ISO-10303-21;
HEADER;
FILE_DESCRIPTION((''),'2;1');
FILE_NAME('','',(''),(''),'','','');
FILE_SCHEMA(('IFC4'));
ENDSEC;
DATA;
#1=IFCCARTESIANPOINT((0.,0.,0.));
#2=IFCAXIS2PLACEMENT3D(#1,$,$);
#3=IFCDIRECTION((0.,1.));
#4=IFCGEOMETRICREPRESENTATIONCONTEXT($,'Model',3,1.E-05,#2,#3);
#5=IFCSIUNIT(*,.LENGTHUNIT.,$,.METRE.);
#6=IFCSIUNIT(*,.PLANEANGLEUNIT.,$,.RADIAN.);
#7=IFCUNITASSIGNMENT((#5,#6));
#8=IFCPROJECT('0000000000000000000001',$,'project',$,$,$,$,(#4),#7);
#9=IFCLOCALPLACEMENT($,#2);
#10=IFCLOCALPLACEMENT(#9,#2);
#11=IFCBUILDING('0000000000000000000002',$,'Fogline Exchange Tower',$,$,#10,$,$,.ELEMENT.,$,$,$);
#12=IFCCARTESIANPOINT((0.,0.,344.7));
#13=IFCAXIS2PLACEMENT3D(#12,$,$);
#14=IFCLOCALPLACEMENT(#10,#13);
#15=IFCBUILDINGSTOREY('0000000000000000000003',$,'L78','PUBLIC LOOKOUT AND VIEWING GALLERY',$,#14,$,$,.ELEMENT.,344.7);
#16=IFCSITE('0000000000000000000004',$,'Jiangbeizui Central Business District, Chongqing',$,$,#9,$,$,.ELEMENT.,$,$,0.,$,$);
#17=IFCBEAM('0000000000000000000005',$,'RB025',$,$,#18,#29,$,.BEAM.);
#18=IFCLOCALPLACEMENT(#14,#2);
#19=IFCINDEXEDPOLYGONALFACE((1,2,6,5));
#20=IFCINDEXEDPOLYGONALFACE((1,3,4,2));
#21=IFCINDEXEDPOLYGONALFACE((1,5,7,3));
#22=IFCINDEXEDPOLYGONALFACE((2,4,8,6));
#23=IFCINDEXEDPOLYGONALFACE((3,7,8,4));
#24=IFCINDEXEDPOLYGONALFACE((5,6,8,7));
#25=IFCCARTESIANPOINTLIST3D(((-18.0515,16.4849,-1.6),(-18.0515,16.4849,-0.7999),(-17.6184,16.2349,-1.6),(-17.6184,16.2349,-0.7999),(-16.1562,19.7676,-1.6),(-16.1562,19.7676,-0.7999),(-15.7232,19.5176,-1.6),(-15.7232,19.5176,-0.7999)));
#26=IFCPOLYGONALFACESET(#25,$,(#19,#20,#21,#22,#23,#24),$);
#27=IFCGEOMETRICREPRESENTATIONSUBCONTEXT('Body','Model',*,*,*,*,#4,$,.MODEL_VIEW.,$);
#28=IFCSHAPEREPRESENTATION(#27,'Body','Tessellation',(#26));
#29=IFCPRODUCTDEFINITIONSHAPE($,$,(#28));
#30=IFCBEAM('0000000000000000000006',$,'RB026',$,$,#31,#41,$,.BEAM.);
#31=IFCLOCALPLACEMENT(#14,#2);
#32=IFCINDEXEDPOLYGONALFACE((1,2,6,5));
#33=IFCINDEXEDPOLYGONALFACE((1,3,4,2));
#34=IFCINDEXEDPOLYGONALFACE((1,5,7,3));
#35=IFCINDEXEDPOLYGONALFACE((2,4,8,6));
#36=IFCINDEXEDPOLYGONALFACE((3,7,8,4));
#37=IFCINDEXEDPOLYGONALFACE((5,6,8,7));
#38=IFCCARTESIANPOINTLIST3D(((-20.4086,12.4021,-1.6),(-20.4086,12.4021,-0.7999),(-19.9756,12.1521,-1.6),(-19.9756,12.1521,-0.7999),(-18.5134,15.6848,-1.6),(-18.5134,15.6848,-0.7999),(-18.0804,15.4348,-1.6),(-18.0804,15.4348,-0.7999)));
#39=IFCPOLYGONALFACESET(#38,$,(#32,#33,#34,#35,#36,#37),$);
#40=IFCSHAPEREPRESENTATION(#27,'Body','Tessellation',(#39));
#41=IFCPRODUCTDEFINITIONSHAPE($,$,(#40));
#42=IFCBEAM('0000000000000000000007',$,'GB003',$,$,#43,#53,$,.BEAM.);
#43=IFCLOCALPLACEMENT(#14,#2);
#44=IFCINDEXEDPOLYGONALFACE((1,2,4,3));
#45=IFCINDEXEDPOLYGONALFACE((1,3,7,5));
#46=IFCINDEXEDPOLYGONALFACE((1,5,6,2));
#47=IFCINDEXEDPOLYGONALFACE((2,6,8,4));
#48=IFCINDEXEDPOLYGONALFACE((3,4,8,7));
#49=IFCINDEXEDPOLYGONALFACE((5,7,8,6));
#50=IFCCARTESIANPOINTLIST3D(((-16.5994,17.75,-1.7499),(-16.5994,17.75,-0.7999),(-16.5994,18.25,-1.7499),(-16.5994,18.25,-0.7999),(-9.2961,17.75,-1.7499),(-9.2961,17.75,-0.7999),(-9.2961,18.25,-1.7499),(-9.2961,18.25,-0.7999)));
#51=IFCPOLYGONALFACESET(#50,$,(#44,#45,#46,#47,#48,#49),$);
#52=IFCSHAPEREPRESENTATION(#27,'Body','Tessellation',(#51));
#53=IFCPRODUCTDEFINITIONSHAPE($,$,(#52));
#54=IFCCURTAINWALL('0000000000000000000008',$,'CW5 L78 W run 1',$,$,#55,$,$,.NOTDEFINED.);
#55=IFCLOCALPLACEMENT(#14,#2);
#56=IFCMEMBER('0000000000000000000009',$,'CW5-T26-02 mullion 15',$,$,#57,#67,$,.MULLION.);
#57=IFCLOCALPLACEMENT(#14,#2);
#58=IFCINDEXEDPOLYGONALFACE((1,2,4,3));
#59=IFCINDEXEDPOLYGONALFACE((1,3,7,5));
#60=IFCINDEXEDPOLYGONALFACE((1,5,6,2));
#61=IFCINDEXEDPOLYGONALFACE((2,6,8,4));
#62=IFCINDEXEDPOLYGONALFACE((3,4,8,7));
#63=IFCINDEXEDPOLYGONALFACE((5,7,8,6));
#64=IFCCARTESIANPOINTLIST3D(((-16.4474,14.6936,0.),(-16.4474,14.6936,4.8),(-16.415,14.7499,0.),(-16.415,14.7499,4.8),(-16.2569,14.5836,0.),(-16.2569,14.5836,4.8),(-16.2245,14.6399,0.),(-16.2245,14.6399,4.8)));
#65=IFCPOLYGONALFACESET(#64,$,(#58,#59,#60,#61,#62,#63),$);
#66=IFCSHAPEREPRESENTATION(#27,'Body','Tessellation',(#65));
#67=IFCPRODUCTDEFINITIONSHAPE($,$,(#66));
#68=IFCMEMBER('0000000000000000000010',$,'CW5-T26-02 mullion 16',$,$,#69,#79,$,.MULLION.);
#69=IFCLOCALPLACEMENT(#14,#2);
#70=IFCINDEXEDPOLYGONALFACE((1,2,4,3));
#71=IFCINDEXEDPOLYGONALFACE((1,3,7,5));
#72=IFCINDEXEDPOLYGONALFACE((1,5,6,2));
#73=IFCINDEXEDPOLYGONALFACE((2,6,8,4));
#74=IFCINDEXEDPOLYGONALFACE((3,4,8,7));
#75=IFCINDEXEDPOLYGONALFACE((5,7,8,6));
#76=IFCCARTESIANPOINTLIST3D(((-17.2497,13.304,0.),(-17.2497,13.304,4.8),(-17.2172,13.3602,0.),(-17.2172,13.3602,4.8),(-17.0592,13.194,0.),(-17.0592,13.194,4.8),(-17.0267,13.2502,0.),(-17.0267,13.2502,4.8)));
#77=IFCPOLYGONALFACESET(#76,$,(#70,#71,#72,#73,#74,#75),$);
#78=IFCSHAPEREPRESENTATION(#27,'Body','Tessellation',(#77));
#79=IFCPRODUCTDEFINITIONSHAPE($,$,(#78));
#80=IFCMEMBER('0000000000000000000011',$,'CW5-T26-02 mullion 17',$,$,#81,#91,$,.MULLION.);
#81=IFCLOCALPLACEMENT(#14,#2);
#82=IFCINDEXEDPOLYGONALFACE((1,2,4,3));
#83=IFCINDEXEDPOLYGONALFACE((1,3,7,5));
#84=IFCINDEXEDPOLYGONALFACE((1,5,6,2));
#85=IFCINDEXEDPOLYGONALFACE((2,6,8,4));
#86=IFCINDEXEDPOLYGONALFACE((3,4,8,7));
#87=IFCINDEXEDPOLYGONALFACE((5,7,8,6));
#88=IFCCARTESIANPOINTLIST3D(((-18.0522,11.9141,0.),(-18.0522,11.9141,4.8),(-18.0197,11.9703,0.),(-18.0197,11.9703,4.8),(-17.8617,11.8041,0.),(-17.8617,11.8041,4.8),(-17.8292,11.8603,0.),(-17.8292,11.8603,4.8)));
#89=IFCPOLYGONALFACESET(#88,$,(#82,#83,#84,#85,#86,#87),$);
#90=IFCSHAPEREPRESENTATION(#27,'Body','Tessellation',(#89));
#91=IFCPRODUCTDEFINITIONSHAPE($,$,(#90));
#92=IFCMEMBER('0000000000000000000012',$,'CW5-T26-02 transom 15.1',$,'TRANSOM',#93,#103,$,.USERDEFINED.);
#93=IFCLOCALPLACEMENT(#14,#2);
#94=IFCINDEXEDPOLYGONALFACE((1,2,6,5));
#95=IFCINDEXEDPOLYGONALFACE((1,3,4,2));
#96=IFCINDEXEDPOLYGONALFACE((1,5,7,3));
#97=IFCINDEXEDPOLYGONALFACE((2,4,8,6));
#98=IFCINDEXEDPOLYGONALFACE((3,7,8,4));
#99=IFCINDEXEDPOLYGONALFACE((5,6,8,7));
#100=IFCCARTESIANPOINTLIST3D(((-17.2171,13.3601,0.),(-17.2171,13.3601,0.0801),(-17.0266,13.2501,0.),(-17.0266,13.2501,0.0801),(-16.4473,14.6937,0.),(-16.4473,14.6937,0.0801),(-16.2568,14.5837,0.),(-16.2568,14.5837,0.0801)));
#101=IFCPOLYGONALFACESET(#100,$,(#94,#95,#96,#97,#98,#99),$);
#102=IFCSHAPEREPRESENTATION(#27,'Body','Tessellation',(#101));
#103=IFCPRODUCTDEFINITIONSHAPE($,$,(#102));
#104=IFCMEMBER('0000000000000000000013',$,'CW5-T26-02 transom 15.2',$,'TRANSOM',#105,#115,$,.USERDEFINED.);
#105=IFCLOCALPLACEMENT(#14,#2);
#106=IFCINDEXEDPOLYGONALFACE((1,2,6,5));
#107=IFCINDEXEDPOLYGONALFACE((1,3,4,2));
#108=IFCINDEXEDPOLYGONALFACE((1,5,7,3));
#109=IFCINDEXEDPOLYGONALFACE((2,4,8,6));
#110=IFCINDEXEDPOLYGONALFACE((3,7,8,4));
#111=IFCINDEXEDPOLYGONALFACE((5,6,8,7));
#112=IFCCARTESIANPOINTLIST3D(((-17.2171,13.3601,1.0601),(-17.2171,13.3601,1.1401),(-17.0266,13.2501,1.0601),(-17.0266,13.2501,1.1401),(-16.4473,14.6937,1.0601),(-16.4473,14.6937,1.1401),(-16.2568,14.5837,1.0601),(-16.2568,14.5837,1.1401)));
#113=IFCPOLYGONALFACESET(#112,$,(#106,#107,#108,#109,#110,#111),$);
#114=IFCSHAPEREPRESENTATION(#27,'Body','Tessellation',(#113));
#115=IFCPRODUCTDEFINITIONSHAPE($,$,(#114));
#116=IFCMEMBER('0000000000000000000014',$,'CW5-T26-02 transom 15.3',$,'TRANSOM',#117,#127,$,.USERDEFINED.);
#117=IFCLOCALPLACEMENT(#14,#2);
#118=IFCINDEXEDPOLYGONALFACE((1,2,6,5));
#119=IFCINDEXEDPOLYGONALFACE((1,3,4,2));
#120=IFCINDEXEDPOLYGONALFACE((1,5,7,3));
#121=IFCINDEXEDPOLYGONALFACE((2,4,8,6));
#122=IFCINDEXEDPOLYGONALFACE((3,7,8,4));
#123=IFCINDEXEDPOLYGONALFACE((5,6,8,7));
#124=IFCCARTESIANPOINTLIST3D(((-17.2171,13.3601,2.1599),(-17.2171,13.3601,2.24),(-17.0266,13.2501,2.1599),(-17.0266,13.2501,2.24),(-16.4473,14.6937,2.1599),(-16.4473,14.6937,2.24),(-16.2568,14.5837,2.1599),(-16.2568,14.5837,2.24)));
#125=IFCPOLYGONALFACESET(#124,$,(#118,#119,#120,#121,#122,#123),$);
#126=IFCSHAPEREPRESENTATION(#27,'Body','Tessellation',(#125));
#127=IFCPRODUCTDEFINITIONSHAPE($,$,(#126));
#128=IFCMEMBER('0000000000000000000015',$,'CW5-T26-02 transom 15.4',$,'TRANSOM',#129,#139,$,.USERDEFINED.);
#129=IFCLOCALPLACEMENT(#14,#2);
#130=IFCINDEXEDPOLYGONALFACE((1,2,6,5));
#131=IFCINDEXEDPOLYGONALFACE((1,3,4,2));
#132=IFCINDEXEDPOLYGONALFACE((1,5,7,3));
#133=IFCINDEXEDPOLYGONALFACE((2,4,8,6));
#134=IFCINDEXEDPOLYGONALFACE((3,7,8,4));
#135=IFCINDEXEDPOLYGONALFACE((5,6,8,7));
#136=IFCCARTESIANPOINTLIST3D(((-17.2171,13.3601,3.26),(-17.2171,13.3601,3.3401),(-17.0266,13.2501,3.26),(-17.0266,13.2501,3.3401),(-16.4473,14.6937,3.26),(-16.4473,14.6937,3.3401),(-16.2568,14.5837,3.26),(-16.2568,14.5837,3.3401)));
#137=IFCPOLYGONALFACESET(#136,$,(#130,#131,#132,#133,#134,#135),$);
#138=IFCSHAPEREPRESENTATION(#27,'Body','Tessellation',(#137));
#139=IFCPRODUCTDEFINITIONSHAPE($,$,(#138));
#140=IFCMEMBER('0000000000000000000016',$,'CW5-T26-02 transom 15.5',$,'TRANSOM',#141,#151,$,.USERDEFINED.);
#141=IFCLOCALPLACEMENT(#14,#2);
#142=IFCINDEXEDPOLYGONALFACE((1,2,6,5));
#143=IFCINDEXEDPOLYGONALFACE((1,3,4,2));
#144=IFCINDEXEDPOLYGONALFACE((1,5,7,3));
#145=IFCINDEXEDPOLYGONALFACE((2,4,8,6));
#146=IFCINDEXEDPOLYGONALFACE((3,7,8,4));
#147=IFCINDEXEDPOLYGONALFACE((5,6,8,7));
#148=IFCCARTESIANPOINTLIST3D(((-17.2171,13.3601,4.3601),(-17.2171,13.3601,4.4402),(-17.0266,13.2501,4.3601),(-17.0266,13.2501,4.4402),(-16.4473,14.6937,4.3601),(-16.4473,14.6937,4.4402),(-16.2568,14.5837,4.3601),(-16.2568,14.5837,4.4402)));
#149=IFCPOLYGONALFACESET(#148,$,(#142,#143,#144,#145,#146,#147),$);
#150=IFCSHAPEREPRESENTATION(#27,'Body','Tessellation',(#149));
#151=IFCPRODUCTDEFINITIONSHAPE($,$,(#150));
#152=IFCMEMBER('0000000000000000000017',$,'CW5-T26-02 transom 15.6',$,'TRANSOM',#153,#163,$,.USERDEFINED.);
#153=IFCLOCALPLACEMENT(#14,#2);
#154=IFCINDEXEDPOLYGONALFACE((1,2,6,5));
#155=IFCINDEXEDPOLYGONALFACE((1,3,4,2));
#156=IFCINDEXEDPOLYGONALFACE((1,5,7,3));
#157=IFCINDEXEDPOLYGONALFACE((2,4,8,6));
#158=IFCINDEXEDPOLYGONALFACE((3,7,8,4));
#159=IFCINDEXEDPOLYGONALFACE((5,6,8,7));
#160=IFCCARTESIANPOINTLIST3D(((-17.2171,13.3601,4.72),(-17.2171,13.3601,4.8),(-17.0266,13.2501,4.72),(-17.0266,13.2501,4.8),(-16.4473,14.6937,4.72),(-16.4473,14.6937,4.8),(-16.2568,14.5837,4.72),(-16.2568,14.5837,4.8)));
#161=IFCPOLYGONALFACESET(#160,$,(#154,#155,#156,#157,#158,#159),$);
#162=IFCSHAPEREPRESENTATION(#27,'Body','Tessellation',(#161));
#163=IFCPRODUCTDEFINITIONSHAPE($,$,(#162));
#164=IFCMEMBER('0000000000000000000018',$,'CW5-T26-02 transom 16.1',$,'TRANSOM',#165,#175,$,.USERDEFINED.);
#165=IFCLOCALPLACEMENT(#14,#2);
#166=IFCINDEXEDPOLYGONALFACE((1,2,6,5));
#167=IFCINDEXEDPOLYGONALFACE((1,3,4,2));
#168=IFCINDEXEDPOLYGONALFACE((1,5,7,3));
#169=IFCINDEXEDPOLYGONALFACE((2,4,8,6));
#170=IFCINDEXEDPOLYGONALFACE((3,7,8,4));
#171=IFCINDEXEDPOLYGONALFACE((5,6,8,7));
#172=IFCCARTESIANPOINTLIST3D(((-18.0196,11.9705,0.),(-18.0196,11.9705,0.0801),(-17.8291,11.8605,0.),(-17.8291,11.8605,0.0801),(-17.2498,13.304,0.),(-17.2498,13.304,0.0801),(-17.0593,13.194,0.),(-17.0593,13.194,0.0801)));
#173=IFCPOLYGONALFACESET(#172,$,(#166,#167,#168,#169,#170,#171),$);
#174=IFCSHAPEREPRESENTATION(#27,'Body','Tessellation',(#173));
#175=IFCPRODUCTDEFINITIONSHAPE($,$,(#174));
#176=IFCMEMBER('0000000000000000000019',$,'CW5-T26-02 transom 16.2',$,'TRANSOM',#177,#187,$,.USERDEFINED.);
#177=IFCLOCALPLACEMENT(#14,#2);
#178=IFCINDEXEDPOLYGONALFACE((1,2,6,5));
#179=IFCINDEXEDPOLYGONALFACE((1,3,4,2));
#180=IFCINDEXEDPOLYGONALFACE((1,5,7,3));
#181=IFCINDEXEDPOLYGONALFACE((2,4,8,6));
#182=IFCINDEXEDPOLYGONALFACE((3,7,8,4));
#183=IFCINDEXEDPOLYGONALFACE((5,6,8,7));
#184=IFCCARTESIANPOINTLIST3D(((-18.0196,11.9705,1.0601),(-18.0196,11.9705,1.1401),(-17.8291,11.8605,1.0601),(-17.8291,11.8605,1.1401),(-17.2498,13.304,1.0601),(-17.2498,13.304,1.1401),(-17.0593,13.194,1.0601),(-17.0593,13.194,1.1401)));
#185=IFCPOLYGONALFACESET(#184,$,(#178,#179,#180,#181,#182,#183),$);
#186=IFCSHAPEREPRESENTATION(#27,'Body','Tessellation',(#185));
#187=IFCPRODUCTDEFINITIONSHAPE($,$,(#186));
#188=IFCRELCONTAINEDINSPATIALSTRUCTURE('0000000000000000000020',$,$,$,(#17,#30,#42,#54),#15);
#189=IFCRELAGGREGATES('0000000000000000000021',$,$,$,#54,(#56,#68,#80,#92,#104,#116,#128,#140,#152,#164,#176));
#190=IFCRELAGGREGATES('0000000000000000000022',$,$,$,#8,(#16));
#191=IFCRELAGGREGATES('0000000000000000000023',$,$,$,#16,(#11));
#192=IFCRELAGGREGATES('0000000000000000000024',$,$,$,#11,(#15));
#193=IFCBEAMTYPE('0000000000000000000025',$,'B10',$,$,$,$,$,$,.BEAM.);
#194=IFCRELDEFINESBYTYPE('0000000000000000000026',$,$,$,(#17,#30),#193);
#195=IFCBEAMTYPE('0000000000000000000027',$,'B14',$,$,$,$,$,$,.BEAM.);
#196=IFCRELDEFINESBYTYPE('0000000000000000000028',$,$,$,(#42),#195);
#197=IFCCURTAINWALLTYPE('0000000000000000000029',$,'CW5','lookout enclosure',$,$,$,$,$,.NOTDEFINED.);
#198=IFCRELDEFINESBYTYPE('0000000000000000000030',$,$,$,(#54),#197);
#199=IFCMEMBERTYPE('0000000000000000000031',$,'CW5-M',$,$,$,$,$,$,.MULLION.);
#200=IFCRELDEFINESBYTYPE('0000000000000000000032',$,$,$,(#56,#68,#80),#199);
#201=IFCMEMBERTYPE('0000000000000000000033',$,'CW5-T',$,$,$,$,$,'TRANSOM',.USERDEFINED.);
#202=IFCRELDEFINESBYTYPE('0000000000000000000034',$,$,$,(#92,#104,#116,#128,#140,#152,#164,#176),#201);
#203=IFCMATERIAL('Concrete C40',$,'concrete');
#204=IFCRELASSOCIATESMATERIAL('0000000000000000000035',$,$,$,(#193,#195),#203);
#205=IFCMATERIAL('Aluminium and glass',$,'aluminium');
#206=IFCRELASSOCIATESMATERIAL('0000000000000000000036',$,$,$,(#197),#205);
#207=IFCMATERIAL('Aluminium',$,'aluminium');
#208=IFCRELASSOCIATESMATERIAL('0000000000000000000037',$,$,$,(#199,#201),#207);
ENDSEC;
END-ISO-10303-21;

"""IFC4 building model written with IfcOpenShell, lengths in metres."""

from ifc_helpers import new_model, si_unit, direction, frame, origin, origin_2d, place, context, subcontext, project, spatial, rectangle, extrude, material, material_profile, profile_set, type_object, element, aggregate, save


model = new_model("IFC4")

# Units and contexts
model_context = context("Model", 3, precision=1e-05, world=origin(), true_north=direction((0.0, 1.0)))
body_context = subcontext(model_context, "Body", "Model", "MODEL_VIEW")
ifc_project = project(units=[si_unit("LENGTHUNIT", "METRE"), si_unit("PLANEANGLEUNIT", "RADIAN")], contexts=[model_context])

# Site, building, storey
site_placement = place(None, origin())
site = spatial("IfcSite", under=ifc_project, at=site_placement, Name="Jiangbeizui Central Business District, Chongqing", CompositionType="ELEMENT", RefElevation=0.0)
building_placement = place(site_placement, origin())
building = spatial("IfcBuilding", under=site, at=building_placement, Name="Fogline Exchange Tower", CompositionType="ELEMENT")
storey_placement = place(building_placement, frame((0.0, 0.0, 344.7)))
storey = spatial("IfcBuildingStorey", under=building, at=storey_placement, Name="L78", Description="PUBLIC LOOKOUT AND VIEWING GALLERY", CompositionType="ELEMENT", Elevation=344.7)

# Beams
ifc_material_1 = material(Name="Concrete C40", Category="concrete")
ifc_material_profile_1 = material_profile(ifc_material_1, rectangle(XDim=0.5, YDim=0.8, at=origin_2d()), Name="RC 500x800")
ifc_profile_set_1 = profile_set([ifc_material_profile_1], Name="Concrete C40")
beam_type_1 = type_object("IfcBeamType", Name="B10", PredefinedType="BEAM", material=ifc_profile_set_1)
for number, where, z_axis, x_axis, name in (
    (1, (-15.9397, 19.6426, -1.2), (-0.499998, -0.866027, 0.0), (0.866027, -0.499998, 0.0), "RB025"),
    (2, (-18.2969, 15.5598, -1.2), (-0.499998, -0.866027, 0.0), (0.866027, -0.499998, 0.0), "RB026"),
):
    element("IfcBeam", number, at=place(storey_placement, frame(where, z_axis=z_axis, x_axis=x_axis)), inside=storey, type_object=beam_type_1, Name=name, PredefinedType="BEAM", context=body_context, shape_type="SweptSolid", body=[
        extrude(rectangle(XDim=0.5, YDim=0.8, at=origin_2d()), origin(), (0.0, 0.0, 1.0), 3.7905),
    ])
ifc_material_profile_2 = material_profile(ifc_material_1, rectangle(XDim=0.5, YDim=0.95, at=origin_2d()), Name="RC 500x950")
ifc_profile_set_2 = profile_set([ifc_material_profile_2], Name="Concrete C40")
beam_type_2 = type_object("IfcBeamType", Name="B14", PredefinedType="BEAM", material=ifc_profile_set_2)
beam_placement = place(storey_placement, frame((-16.5994, 18.0, -1.2749), z_axis=(1.0, 0.0, 0.0), x_axis=(0.0, 1.0, 0.0)))
element("IfcBeam", 3, at=beam_placement, inside=storey, type_object=beam_type_2, Name="GB003", PredefinedType="BEAM", context=body_context, shape_type="SweptSolid", body=[
    extrude(rectangle(XDim=0.5, YDim=0.95, at=origin_2d()), origin(), (0.0, 0.0, 1.0), 7.3032),
])

# Curtain wall, members
ifc_material_2 = material(Name="Aluminium and glass", Category="aluminium")
curtain_wall_type = type_object("IfcCurtainWallType", Name="CW5", Description="lookout enclosure", PredefinedType="NOTDEFINED", material=ifc_material_2)
curtain_wall_placement = place(storey_placement, origin())
curtain_wall = element("IfcCurtainWall", 4, at=curtain_wall_placement, inside=storey, type_object=curtain_wall_type, Name="CW5 L78 W run 1", PredefinedType="NOTDEFINED")
ifc_material_3 = material(Name="Aluminium", Category="aluminium")
ifc_material_profile_3 = material_profile(ifc_material_3, rectangle(XDim=0.22, YDim=0.0649, at=origin_2d()), Name="Mullion 65x220")
ifc_profile_set_3 = profile_set([ifc_material_profile_3], Name="Aluminium")
member_type_1 = type_object("IfcMemberType", Name="CW5-M", PredefinedType="MULLION", material=ifc_profile_set_3)
member_1_placement = place(storey_placement, frame((-16.3359, 14.6667, 0.0), z_axis=(0.0, 0.0, 1.0), x_axis=(0.866025, -0.5, 0.0)))
member_1 = element("IfcMember", 5, at=member_1_placement, type_object=member_type_1, Name="CW5-T26-02 mullion 15", PredefinedType="MULLION", context=body_context, shape_type="SweptSolid", body=[
    extrude(rectangle(XDim=0.22, YDim=0.0649, at=origin_2d()), origin(), (0.0, 0.0, 1.0), 4.8),
])
member_2_placement = place(storey_placement, frame((-17.1382, 13.2771, 0.0), z_axis=(0.0, 0.0, 1.0), x_axis=(0.866025, -0.5, 0.0)))
member_2 = element("IfcMember", 6, at=member_2_placement, type_object=member_type_1, Name="CW5-T26-02 mullion 16", PredefinedType="MULLION", context=body_context, shape_type="SweptSolid", body=[
    extrude(rectangle(XDim=0.22, YDim=0.0649, at=origin_2d()), origin(), (0.0, 0.0, 1.0), 4.8),
])
member_3_placement = place(storey_placement, frame((-17.9407, 11.8872, 0.0), z_axis=(0.0, 0.0, 1.0), x_axis=(0.866025, -0.5, 0.0)))
member_3 = element("IfcMember", 7, at=member_3_placement, type_object=member_type_1, Name="CW5-T26-02 mullion 17", PredefinedType="MULLION", context=body_context, shape_type="SweptSolid", body=[
    extrude(rectangle(XDim=0.22, YDim=0.0649, at=origin_2d()), origin(), (0.0, 0.0, 1.0), 4.8),
])
ifc_material_profile_4 = material_profile(ifc_material_3, rectangle(XDim=0.22, YDim=0.0801, at=origin_2d()), Name="Transom 80x220")
ifc_profile_set_4 = profile_set([ifc_material_profile_4], Name="Aluminium")
member_type_2 = type_object("IfcMemberType", Name="CW5-T", ElementType="TRANSOM", PredefinedType="USERDEFINED", material=ifc_profile_set_4)
member_4_placement = place(storey_placement, frame((-16.3521, 14.6387, 0.04), z_axis=(-0.499942, -0.866059, 0.0), x_axis=(0.866059, -0.499942, 0.0)))
member_4 = element("IfcMember", 8, at=member_4_placement, type_object=member_type_2, Name="CW5-T26-02 transom 15.1", ObjectType="TRANSOM", PredefinedType="USERDEFINED", context=body_context, shape_type="SweptSolid", body=[
    extrude(rectangle(XDim=0.22, YDim=0.0801, at=origin_2d()), origin(), (0.0, 0.0, 1.0), 1.5398),
])
member_5_placement = place(storey_placement, frame((-16.3521, 14.6387, 1.1001), z_axis=(-0.499942, -0.866059, 0.0), x_axis=(0.866059, -0.499942, 0.0)))
member_5 = element("IfcMember", 9, at=member_5_placement, type_object=member_type_2, Name="CW5-T26-02 transom 15.2", ObjectType="TRANSOM", PredefinedType="USERDEFINED", context=body_context, shape_type="SweptSolid", body=[
    extrude(rectangle(XDim=0.22, YDim=0.0801, at=origin_2d()), origin(), (0.0, 0.0, 1.0), 1.5398),
])
member_6_placement = place(storey_placement, frame((-16.3521, 14.6387, 2.2), z_axis=(-0.499942, -0.866059, 0.0), x_axis=(0.866059, -0.499942, 0.0)))
member_6 = element("IfcMember", 10, at=member_6_placement, type_object=member_type_2, Name="CW5-T26-02 transom 15.3", ObjectType="TRANSOM", PredefinedType="USERDEFINED", context=body_context, shape_type="SweptSolid", body=[
    extrude(rectangle(XDim=0.22, YDim=0.0801, at=origin_2d()), origin(), (0.0, 0.0, 1.0), 1.5398),
])
member_7_placement = place(storey_placement, frame((-16.3521, 14.6387, 3.3), z_axis=(-0.499942, -0.866059, 0.0), x_axis=(0.866059, -0.499942, 0.0)))
member_7 = element("IfcMember", 11, at=member_7_placement, type_object=member_type_2, Name="CW5-T26-02 transom 15.4", ObjectType="TRANSOM", PredefinedType="USERDEFINED", context=body_context, shape_type="SweptSolid", body=[
    extrude(rectangle(XDim=0.22, YDim=0.0801, at=origin_2d()), origin(), (0.0, 0.0, 1.0), 1.5398),
])
member_8_placement = place(storey_placement, frame((-16.3521, 14.6387, 4.4001), z_axis=(-0.499942, -0.866059, 0.0), x_axis=(0.866059, -0.499942, 0.0)))
member_8 = element("IfcMember", 12, at=member_8_placement, type_object=member_type_2, Name="CW5-T26-02 transom 15.5", ObjectType="TRANSOM", PredefinedType="USERDEFINED", context=body_context, shape_type="SweptSolid", body=[
    extrude(rectangle(XDim=0.22, YDim=0.0801, at=origin_2d()), origin(), (0.0, 0.0, 1.0), 1.5398),
])
member_9_placement = place(storey_placement, frame((-16.3521, 14.6387, 4.76), z_axis=(-0.499942, -0.866059, 0.0), x_axis=(0.866059, -0.499942, 0.0)))
member_9 = element("IfcMember", 13, at=member_9_placement, type_object=member_type_2, Name="CW5-T26-02 transom 15.6", ObjectType="TRANSOM", PredefinedType="USERDEFINED", context=body_context, shape_type="SweptSolid", body=[
    extrude(rectangle(XDim=0.22, YDim=0.0801, at=origin_2d()), origin(), (0.0, 0.0, 1.0), 1.5398),
])
member_10_placement = place(storey_placement, frame((-17.1545, 13.249, 0.04), z_axis=(-0.499942, -0.866059, 0.0), x_axis=(0.866059, -0.499942, 0.0)))
member_10 = element("IfcMember", 14, at=member_10_placement, type_object=member_type_2, Name="CW5-T26-02 transom 16.1", ObjectType="TRANSOM", PredefinedType="USERDEFINED", context=body_context, shape_type="SweptSolid", body=[
    extrude(rectangle(XDim=0.22, YDim=0.0801, at=origin_2d()), origin(), (0.0, 0.0, 1.0), 1.5398),
])
member_11_placement = place(storey_placement, frame((-17.1545, 13.249, 1.1001), z_axis=(-0.499942, -0.866059, 0.0), x_axis=(0.866059, -0.499942, 0.0)))
member_11 = element("IfcMember", 15, at=member_11_placement, type_object=member_type_2, Name="CW5-T26-02 transom 16.2", ObjectType="TRANSOM", PredefinedType="USERDEFINED", context=body_context, shape_type="SweptSolid", body=[
    extrude(rectangle(XDim=0.22, YDim=0.0801, at=origin_2d()), origin(), (0.0, 0.0, 1.0), 1.5398),
])
aggregate(curtain_wall, [member_1, member_2, member_3, member_4, member_5, member_6, member_7, member_8, member_9, member_10, member_11])

save(model, "model.ifc")
